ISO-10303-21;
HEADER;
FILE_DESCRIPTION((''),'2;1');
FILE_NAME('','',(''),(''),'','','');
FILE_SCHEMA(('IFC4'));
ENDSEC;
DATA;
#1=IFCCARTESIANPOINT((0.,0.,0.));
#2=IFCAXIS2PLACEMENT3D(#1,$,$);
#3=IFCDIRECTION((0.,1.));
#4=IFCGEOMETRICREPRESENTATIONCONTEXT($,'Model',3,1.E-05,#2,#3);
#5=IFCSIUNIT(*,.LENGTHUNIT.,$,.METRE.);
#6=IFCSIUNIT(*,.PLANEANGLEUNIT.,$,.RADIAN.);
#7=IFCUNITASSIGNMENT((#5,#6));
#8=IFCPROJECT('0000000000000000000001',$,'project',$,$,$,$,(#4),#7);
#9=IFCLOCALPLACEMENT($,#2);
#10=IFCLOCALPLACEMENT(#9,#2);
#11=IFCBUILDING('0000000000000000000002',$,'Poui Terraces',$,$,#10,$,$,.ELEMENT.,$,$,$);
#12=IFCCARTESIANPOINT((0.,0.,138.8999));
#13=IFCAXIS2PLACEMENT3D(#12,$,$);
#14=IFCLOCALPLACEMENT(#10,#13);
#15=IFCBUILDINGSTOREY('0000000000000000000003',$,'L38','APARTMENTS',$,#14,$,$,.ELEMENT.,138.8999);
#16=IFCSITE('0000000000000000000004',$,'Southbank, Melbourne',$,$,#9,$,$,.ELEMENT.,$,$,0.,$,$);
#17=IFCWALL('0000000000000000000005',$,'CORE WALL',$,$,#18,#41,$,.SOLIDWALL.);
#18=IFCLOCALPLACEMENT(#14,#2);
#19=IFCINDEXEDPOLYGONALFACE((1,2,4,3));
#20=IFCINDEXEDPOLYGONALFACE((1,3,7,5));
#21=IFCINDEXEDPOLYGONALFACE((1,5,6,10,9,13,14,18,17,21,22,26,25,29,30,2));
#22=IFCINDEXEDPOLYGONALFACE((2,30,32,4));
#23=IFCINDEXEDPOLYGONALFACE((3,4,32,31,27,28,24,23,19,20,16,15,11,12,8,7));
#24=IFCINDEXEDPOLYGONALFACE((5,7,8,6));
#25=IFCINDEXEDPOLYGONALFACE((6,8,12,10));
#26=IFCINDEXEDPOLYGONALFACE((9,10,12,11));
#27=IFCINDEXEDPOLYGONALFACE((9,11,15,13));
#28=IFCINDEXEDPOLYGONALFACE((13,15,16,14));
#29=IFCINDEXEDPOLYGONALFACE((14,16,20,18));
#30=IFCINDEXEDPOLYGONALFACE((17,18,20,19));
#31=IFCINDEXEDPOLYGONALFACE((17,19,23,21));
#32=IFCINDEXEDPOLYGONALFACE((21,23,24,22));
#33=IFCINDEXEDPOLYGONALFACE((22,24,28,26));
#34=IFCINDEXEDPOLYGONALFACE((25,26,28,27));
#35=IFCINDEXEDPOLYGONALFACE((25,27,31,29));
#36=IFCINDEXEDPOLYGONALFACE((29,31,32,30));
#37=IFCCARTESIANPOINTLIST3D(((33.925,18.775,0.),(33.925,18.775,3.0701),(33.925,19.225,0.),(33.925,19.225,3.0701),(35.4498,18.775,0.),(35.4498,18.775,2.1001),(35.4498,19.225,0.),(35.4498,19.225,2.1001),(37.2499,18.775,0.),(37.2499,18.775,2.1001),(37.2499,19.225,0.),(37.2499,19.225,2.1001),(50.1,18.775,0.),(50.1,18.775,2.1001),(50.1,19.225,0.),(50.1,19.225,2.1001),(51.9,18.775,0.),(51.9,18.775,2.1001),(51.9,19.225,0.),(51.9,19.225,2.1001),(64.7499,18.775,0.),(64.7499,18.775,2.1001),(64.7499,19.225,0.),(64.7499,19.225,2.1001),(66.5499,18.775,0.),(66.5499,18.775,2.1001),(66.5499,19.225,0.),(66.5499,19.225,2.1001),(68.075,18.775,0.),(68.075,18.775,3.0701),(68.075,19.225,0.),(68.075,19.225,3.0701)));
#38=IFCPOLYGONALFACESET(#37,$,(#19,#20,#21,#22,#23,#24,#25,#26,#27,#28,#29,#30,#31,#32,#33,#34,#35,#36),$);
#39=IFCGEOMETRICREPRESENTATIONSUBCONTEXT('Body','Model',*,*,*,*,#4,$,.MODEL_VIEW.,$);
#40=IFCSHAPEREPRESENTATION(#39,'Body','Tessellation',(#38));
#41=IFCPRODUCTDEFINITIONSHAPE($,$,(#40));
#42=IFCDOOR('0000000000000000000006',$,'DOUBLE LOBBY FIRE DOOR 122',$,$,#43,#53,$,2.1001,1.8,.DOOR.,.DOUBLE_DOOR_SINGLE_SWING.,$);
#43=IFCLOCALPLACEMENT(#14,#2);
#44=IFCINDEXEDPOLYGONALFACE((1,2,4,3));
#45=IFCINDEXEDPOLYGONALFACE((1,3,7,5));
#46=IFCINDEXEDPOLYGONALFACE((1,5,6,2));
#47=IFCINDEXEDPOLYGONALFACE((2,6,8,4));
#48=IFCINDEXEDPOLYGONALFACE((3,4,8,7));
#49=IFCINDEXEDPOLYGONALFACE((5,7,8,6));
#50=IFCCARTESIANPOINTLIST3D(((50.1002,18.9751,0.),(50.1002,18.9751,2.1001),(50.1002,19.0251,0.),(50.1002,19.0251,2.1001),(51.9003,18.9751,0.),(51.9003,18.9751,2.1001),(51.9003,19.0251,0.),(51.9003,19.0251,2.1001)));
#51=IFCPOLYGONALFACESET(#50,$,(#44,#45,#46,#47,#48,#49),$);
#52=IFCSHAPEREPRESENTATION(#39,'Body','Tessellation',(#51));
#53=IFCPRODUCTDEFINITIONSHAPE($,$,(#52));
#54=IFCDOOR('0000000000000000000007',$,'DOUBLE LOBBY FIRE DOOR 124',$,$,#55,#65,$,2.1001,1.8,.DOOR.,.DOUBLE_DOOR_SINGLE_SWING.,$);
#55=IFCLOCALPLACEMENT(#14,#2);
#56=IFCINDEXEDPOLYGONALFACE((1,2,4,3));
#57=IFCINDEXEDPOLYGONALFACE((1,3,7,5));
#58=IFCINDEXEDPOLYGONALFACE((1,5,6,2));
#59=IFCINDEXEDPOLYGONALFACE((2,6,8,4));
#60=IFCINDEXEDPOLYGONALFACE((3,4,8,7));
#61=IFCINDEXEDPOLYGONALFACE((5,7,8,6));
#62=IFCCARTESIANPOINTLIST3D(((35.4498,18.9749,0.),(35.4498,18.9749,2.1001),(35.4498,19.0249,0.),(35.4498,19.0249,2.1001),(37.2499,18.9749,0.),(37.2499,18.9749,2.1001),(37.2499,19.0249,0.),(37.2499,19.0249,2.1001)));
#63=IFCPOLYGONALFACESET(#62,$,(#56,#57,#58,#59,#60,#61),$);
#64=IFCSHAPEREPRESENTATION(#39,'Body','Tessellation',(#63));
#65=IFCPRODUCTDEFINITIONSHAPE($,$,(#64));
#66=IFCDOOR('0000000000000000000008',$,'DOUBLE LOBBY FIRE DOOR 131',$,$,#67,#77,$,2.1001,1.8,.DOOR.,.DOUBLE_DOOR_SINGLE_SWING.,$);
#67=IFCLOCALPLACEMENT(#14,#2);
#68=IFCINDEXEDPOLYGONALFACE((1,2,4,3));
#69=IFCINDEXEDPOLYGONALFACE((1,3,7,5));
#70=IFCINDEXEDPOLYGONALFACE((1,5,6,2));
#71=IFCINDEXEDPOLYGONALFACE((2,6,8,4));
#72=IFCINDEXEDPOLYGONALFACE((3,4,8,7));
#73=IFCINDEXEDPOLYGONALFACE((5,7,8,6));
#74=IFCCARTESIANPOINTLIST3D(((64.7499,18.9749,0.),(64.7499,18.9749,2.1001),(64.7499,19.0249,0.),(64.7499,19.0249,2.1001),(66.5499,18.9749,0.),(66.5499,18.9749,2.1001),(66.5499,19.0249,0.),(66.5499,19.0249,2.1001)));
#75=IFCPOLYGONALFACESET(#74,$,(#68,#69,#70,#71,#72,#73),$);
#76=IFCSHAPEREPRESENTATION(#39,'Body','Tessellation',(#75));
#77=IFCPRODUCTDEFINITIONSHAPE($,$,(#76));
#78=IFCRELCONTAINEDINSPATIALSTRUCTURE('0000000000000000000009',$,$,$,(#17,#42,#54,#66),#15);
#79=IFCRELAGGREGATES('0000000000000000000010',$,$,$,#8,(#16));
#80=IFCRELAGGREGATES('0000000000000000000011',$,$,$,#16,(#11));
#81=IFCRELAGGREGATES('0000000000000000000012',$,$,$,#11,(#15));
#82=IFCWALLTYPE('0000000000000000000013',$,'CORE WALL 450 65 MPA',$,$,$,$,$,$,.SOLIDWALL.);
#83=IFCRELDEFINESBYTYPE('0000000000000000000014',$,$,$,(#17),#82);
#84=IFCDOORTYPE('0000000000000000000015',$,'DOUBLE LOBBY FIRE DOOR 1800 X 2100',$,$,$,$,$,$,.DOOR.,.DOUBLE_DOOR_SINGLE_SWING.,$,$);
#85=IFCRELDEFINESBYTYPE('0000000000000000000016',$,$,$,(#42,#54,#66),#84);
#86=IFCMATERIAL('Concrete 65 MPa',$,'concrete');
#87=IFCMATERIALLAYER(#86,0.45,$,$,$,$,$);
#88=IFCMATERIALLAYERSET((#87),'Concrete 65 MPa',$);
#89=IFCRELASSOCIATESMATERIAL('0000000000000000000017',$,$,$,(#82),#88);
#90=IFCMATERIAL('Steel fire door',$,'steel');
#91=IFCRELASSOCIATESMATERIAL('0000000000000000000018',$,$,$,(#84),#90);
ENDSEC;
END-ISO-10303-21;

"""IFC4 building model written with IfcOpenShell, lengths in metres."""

from ifc_helpers import new_model, si_unit, direction, frame, frame_2d, origin, place, context, subcontext, project, spatial, rectangle, extrude, material, layer, layer_set, type_object, element, fill, save


model = new_model("IFC4")

# Units and contexts
model_context = context("Model", 3, precision=1e-05, world=origin(), true_north=direction((0.0, 1.0)))
body_context = subcontext(model_context, "Body", "Model", "MODEL_VIEW")
ifc_project = project(units=[si_unit("LENGTHUNIT", "METRE"), si_unit("PLANEANGLEUNIT", "RADIAN")], contexts=[model_context])

# Site, building, storey
site_placement = place(None, origin())
site = spatial("IfcSite", under=ifc_project, at=site_placement, Name="Southbank, Melbourne", CompositionType="ELEMENT", RefElevation=0.0)
building_placement = place(site_placement, origin())
building = spatial("IfcBuilding", under=site, at=building_placement, Name="Poui Terraces", CompositionType="ELEMENT")
storey_placement = place(building_placement, frame((0.0, 0.0, 138.8999)))
storey = spatial("IfcBuildingStorey", under=building, at=storey_placement, Name="L38", Description="APARTMENTS", CompositionType="ELEMENT", Elevation=138.8999)

# Wall, openings, doors
ifc_material_1 = material(Name="Concrete 65 MPa", Category="concrete")
ifc_layer_1 = layer(ifc_material_1, 0.45)
ifc_layer_set_1 = layer_set([ifc_layer_1], Name="Concrete 65 MPa")
wall_type_1 = type_object("IfcWallType", Name="CORE WALL 450 65 MPA", PredefinedType="SOLIDWALL", material=ifc_layer_set_1)
wall_1_placement = place(storey_placement, frame((33.925, 19.0, 0.0), z_axis=(0.0, 0.0, 1.0), x_axis=(1.0, 0.0, 0.0)))
wall_1 = element("IfcWall", 1, at=wall_1_placement, inside=storey, type_object=wall_type_1, Name="CORE WALL", PredefinedType="SOLIDWALL", context=body_context, shape_type="SweptSolid", body=[
    extrude(rectangle(XDim=34.1499, YDim=0.45, at=frame_2d((17.075, 0.0))), origin(), (0.0, 0.0, 1.0), 3.0701),
])
opening_1_placement = place(wall_1_placement, frame((16.175, 0.0, 0.0)))
opening_1 = element("IfcOpeningElement", 2, at=opening_1_placement, cuts=wall_1, PredefinedType="OPENING", context=body_context, shape_type="SweptSolid", body=[
    extrude(rectangle(XDim=1.8, YDim=2.1001, at=frame_2d((0.8999, 1.05))), frame((0.0, 0.2349, 0.0), z_axis=(0.0, -1.0, 0.0), x_axis=(1.0, 0.0, 0.0)), (0.0, 0.0, 1.0), 0.47),
])
opening_2_placement = place(wall_1_placement, frame((1.5249, 0.0, 0.0)))
opening_2 = element("IfcOpeningElement", 3, at=opening_2_placement, cuts=wall_1, PredefinedType="OPENING", context=body_context, shape_type="SweptSolid", body=[
    extrude(rectangle(XDim=1.8, YDim=2.1001, at=frame_2d((0.8999, 1.05))), frame((0.0, 0.2349, 0.0), z_axis=(0.0, -1.0, 0.0), x_axis=(1.0, 0.0, 0.0)), (0.0, 0.0, 1.0), 0.47),
])
opening_3_placement = place(wall_1_placement, frame((30.825, 0.0, 0.0)))
opening_3 = element("IfcOpeningElement", 4, at=opening_3_placement, cuts=wall_1, PredefinedType="OPENING", context=body_context, shape_type="SweptSolid", body=[
    extrude(rectangle(XDim=1.8, YDim=2.1001, at=frame_2d((0.8999, 1.05))), frame((0.0, 0.2349, 0.0), z_axis=(0.0, -1.0, 0.0), x_axis=(1.0, 0.0, 0.0)), (0.0, 0.0, 1.0), 0.47),
])
ifc_material_2 = material(Name="Steel fire door", Category="steel")
door_type_1 = type_object("IfcDoorType", Name="DOUBLE LOBBY FIRE DOOR 1800 X 2100", OperationType="DOUBLE_DOOR_SINGLE_SWING", PredefinedType="DOOR", material=ifc_material_2)
door_1_placement = place(opening_1_placement, frame((1.8, 0.0, 0.0), z_axis=(0.0, 0.0, 1.0), x_axis=(-1.0, 0.0, 0.0)))
door_1 = element("IfcDoor", 5, at=door_1_placement, inside=storey, type_object=door_type_1, Name="DOUBLE LOBBY FIRE DOOR 122", OperationType="DOUBLE_DOOR_SINGLE_SWING", OverallHeight=2.1001, OverallWidth=1.8, PredefinedType="DOOR", context=body_context, shape_type="SweptSolid", body=[
    extrude(rectangle(XDim=1.8, YDim=2.1001, at=frame_2d((0.8999, 1.05))), frame((0.0, 0.0249, 0.0), z_axis=(0.0, -1.0, 0.0), x_axis=(1.0, 0.0, 0.0)), (0.0, 0.0, 1.0), 0.05),
])
fill(opening_1, door_1)
door_2_placement = place(opening_2_placement, origin())
door_2 = element("IfcDoor", 6, at=door_2_placement, inside=storey, type_object=door_type_1, Name="DOUBLE LOBBY FIRE DOOR 124", OperationType="DOUBLE_DOOR_SINGLE_SWING", OverallHeight=2.1001, OverallWidth=1.8, PredefinedType="DOOR", context=body_context, shape_type="SweptSolid", body=[
    extrude(rectangle(XDim=1.8, YDim=2.1001, at=frame_2d((0.8999, 1.05))), frame((0.0, 0.0249, 0.0), z_axis=(0.0, -1.0, 0.0), x_axis=(1.0, 0.0, 0.0)), (0.0, 0.0, 1.0), 0.05),
])
fill(opening_2, door_2)
door_3_placement = place(opening_3_placement, origin())
door_3 = element("IfcDoor", 7, at=door_3_placement, inside=storey, type_object=door_type_1, Name="DOUBLE LOBBY FIRE DOOR 131", OperationType="DOUBLE_DOOR_SINGLE_SWING", OverallHeight=2.1001, OverallWidth=1.8, PredefinedType="DOOR", context=body_context, shape_type="SweptSolid", body=[
    extrude(rectangle(XDim=1.8, YDim=2.1001, at=frame_2d((0.8999, 1.05))), frame((0.0, 0.0249, 0.0), z_axis=(0.0, -1.0, 0.0), x_axis=(1.0, 0.0, 0.0)), (0.0, 0.0, 1.0), 0.05),
])
fill(opening_3, door_3)

save(model, "model.ifc")
